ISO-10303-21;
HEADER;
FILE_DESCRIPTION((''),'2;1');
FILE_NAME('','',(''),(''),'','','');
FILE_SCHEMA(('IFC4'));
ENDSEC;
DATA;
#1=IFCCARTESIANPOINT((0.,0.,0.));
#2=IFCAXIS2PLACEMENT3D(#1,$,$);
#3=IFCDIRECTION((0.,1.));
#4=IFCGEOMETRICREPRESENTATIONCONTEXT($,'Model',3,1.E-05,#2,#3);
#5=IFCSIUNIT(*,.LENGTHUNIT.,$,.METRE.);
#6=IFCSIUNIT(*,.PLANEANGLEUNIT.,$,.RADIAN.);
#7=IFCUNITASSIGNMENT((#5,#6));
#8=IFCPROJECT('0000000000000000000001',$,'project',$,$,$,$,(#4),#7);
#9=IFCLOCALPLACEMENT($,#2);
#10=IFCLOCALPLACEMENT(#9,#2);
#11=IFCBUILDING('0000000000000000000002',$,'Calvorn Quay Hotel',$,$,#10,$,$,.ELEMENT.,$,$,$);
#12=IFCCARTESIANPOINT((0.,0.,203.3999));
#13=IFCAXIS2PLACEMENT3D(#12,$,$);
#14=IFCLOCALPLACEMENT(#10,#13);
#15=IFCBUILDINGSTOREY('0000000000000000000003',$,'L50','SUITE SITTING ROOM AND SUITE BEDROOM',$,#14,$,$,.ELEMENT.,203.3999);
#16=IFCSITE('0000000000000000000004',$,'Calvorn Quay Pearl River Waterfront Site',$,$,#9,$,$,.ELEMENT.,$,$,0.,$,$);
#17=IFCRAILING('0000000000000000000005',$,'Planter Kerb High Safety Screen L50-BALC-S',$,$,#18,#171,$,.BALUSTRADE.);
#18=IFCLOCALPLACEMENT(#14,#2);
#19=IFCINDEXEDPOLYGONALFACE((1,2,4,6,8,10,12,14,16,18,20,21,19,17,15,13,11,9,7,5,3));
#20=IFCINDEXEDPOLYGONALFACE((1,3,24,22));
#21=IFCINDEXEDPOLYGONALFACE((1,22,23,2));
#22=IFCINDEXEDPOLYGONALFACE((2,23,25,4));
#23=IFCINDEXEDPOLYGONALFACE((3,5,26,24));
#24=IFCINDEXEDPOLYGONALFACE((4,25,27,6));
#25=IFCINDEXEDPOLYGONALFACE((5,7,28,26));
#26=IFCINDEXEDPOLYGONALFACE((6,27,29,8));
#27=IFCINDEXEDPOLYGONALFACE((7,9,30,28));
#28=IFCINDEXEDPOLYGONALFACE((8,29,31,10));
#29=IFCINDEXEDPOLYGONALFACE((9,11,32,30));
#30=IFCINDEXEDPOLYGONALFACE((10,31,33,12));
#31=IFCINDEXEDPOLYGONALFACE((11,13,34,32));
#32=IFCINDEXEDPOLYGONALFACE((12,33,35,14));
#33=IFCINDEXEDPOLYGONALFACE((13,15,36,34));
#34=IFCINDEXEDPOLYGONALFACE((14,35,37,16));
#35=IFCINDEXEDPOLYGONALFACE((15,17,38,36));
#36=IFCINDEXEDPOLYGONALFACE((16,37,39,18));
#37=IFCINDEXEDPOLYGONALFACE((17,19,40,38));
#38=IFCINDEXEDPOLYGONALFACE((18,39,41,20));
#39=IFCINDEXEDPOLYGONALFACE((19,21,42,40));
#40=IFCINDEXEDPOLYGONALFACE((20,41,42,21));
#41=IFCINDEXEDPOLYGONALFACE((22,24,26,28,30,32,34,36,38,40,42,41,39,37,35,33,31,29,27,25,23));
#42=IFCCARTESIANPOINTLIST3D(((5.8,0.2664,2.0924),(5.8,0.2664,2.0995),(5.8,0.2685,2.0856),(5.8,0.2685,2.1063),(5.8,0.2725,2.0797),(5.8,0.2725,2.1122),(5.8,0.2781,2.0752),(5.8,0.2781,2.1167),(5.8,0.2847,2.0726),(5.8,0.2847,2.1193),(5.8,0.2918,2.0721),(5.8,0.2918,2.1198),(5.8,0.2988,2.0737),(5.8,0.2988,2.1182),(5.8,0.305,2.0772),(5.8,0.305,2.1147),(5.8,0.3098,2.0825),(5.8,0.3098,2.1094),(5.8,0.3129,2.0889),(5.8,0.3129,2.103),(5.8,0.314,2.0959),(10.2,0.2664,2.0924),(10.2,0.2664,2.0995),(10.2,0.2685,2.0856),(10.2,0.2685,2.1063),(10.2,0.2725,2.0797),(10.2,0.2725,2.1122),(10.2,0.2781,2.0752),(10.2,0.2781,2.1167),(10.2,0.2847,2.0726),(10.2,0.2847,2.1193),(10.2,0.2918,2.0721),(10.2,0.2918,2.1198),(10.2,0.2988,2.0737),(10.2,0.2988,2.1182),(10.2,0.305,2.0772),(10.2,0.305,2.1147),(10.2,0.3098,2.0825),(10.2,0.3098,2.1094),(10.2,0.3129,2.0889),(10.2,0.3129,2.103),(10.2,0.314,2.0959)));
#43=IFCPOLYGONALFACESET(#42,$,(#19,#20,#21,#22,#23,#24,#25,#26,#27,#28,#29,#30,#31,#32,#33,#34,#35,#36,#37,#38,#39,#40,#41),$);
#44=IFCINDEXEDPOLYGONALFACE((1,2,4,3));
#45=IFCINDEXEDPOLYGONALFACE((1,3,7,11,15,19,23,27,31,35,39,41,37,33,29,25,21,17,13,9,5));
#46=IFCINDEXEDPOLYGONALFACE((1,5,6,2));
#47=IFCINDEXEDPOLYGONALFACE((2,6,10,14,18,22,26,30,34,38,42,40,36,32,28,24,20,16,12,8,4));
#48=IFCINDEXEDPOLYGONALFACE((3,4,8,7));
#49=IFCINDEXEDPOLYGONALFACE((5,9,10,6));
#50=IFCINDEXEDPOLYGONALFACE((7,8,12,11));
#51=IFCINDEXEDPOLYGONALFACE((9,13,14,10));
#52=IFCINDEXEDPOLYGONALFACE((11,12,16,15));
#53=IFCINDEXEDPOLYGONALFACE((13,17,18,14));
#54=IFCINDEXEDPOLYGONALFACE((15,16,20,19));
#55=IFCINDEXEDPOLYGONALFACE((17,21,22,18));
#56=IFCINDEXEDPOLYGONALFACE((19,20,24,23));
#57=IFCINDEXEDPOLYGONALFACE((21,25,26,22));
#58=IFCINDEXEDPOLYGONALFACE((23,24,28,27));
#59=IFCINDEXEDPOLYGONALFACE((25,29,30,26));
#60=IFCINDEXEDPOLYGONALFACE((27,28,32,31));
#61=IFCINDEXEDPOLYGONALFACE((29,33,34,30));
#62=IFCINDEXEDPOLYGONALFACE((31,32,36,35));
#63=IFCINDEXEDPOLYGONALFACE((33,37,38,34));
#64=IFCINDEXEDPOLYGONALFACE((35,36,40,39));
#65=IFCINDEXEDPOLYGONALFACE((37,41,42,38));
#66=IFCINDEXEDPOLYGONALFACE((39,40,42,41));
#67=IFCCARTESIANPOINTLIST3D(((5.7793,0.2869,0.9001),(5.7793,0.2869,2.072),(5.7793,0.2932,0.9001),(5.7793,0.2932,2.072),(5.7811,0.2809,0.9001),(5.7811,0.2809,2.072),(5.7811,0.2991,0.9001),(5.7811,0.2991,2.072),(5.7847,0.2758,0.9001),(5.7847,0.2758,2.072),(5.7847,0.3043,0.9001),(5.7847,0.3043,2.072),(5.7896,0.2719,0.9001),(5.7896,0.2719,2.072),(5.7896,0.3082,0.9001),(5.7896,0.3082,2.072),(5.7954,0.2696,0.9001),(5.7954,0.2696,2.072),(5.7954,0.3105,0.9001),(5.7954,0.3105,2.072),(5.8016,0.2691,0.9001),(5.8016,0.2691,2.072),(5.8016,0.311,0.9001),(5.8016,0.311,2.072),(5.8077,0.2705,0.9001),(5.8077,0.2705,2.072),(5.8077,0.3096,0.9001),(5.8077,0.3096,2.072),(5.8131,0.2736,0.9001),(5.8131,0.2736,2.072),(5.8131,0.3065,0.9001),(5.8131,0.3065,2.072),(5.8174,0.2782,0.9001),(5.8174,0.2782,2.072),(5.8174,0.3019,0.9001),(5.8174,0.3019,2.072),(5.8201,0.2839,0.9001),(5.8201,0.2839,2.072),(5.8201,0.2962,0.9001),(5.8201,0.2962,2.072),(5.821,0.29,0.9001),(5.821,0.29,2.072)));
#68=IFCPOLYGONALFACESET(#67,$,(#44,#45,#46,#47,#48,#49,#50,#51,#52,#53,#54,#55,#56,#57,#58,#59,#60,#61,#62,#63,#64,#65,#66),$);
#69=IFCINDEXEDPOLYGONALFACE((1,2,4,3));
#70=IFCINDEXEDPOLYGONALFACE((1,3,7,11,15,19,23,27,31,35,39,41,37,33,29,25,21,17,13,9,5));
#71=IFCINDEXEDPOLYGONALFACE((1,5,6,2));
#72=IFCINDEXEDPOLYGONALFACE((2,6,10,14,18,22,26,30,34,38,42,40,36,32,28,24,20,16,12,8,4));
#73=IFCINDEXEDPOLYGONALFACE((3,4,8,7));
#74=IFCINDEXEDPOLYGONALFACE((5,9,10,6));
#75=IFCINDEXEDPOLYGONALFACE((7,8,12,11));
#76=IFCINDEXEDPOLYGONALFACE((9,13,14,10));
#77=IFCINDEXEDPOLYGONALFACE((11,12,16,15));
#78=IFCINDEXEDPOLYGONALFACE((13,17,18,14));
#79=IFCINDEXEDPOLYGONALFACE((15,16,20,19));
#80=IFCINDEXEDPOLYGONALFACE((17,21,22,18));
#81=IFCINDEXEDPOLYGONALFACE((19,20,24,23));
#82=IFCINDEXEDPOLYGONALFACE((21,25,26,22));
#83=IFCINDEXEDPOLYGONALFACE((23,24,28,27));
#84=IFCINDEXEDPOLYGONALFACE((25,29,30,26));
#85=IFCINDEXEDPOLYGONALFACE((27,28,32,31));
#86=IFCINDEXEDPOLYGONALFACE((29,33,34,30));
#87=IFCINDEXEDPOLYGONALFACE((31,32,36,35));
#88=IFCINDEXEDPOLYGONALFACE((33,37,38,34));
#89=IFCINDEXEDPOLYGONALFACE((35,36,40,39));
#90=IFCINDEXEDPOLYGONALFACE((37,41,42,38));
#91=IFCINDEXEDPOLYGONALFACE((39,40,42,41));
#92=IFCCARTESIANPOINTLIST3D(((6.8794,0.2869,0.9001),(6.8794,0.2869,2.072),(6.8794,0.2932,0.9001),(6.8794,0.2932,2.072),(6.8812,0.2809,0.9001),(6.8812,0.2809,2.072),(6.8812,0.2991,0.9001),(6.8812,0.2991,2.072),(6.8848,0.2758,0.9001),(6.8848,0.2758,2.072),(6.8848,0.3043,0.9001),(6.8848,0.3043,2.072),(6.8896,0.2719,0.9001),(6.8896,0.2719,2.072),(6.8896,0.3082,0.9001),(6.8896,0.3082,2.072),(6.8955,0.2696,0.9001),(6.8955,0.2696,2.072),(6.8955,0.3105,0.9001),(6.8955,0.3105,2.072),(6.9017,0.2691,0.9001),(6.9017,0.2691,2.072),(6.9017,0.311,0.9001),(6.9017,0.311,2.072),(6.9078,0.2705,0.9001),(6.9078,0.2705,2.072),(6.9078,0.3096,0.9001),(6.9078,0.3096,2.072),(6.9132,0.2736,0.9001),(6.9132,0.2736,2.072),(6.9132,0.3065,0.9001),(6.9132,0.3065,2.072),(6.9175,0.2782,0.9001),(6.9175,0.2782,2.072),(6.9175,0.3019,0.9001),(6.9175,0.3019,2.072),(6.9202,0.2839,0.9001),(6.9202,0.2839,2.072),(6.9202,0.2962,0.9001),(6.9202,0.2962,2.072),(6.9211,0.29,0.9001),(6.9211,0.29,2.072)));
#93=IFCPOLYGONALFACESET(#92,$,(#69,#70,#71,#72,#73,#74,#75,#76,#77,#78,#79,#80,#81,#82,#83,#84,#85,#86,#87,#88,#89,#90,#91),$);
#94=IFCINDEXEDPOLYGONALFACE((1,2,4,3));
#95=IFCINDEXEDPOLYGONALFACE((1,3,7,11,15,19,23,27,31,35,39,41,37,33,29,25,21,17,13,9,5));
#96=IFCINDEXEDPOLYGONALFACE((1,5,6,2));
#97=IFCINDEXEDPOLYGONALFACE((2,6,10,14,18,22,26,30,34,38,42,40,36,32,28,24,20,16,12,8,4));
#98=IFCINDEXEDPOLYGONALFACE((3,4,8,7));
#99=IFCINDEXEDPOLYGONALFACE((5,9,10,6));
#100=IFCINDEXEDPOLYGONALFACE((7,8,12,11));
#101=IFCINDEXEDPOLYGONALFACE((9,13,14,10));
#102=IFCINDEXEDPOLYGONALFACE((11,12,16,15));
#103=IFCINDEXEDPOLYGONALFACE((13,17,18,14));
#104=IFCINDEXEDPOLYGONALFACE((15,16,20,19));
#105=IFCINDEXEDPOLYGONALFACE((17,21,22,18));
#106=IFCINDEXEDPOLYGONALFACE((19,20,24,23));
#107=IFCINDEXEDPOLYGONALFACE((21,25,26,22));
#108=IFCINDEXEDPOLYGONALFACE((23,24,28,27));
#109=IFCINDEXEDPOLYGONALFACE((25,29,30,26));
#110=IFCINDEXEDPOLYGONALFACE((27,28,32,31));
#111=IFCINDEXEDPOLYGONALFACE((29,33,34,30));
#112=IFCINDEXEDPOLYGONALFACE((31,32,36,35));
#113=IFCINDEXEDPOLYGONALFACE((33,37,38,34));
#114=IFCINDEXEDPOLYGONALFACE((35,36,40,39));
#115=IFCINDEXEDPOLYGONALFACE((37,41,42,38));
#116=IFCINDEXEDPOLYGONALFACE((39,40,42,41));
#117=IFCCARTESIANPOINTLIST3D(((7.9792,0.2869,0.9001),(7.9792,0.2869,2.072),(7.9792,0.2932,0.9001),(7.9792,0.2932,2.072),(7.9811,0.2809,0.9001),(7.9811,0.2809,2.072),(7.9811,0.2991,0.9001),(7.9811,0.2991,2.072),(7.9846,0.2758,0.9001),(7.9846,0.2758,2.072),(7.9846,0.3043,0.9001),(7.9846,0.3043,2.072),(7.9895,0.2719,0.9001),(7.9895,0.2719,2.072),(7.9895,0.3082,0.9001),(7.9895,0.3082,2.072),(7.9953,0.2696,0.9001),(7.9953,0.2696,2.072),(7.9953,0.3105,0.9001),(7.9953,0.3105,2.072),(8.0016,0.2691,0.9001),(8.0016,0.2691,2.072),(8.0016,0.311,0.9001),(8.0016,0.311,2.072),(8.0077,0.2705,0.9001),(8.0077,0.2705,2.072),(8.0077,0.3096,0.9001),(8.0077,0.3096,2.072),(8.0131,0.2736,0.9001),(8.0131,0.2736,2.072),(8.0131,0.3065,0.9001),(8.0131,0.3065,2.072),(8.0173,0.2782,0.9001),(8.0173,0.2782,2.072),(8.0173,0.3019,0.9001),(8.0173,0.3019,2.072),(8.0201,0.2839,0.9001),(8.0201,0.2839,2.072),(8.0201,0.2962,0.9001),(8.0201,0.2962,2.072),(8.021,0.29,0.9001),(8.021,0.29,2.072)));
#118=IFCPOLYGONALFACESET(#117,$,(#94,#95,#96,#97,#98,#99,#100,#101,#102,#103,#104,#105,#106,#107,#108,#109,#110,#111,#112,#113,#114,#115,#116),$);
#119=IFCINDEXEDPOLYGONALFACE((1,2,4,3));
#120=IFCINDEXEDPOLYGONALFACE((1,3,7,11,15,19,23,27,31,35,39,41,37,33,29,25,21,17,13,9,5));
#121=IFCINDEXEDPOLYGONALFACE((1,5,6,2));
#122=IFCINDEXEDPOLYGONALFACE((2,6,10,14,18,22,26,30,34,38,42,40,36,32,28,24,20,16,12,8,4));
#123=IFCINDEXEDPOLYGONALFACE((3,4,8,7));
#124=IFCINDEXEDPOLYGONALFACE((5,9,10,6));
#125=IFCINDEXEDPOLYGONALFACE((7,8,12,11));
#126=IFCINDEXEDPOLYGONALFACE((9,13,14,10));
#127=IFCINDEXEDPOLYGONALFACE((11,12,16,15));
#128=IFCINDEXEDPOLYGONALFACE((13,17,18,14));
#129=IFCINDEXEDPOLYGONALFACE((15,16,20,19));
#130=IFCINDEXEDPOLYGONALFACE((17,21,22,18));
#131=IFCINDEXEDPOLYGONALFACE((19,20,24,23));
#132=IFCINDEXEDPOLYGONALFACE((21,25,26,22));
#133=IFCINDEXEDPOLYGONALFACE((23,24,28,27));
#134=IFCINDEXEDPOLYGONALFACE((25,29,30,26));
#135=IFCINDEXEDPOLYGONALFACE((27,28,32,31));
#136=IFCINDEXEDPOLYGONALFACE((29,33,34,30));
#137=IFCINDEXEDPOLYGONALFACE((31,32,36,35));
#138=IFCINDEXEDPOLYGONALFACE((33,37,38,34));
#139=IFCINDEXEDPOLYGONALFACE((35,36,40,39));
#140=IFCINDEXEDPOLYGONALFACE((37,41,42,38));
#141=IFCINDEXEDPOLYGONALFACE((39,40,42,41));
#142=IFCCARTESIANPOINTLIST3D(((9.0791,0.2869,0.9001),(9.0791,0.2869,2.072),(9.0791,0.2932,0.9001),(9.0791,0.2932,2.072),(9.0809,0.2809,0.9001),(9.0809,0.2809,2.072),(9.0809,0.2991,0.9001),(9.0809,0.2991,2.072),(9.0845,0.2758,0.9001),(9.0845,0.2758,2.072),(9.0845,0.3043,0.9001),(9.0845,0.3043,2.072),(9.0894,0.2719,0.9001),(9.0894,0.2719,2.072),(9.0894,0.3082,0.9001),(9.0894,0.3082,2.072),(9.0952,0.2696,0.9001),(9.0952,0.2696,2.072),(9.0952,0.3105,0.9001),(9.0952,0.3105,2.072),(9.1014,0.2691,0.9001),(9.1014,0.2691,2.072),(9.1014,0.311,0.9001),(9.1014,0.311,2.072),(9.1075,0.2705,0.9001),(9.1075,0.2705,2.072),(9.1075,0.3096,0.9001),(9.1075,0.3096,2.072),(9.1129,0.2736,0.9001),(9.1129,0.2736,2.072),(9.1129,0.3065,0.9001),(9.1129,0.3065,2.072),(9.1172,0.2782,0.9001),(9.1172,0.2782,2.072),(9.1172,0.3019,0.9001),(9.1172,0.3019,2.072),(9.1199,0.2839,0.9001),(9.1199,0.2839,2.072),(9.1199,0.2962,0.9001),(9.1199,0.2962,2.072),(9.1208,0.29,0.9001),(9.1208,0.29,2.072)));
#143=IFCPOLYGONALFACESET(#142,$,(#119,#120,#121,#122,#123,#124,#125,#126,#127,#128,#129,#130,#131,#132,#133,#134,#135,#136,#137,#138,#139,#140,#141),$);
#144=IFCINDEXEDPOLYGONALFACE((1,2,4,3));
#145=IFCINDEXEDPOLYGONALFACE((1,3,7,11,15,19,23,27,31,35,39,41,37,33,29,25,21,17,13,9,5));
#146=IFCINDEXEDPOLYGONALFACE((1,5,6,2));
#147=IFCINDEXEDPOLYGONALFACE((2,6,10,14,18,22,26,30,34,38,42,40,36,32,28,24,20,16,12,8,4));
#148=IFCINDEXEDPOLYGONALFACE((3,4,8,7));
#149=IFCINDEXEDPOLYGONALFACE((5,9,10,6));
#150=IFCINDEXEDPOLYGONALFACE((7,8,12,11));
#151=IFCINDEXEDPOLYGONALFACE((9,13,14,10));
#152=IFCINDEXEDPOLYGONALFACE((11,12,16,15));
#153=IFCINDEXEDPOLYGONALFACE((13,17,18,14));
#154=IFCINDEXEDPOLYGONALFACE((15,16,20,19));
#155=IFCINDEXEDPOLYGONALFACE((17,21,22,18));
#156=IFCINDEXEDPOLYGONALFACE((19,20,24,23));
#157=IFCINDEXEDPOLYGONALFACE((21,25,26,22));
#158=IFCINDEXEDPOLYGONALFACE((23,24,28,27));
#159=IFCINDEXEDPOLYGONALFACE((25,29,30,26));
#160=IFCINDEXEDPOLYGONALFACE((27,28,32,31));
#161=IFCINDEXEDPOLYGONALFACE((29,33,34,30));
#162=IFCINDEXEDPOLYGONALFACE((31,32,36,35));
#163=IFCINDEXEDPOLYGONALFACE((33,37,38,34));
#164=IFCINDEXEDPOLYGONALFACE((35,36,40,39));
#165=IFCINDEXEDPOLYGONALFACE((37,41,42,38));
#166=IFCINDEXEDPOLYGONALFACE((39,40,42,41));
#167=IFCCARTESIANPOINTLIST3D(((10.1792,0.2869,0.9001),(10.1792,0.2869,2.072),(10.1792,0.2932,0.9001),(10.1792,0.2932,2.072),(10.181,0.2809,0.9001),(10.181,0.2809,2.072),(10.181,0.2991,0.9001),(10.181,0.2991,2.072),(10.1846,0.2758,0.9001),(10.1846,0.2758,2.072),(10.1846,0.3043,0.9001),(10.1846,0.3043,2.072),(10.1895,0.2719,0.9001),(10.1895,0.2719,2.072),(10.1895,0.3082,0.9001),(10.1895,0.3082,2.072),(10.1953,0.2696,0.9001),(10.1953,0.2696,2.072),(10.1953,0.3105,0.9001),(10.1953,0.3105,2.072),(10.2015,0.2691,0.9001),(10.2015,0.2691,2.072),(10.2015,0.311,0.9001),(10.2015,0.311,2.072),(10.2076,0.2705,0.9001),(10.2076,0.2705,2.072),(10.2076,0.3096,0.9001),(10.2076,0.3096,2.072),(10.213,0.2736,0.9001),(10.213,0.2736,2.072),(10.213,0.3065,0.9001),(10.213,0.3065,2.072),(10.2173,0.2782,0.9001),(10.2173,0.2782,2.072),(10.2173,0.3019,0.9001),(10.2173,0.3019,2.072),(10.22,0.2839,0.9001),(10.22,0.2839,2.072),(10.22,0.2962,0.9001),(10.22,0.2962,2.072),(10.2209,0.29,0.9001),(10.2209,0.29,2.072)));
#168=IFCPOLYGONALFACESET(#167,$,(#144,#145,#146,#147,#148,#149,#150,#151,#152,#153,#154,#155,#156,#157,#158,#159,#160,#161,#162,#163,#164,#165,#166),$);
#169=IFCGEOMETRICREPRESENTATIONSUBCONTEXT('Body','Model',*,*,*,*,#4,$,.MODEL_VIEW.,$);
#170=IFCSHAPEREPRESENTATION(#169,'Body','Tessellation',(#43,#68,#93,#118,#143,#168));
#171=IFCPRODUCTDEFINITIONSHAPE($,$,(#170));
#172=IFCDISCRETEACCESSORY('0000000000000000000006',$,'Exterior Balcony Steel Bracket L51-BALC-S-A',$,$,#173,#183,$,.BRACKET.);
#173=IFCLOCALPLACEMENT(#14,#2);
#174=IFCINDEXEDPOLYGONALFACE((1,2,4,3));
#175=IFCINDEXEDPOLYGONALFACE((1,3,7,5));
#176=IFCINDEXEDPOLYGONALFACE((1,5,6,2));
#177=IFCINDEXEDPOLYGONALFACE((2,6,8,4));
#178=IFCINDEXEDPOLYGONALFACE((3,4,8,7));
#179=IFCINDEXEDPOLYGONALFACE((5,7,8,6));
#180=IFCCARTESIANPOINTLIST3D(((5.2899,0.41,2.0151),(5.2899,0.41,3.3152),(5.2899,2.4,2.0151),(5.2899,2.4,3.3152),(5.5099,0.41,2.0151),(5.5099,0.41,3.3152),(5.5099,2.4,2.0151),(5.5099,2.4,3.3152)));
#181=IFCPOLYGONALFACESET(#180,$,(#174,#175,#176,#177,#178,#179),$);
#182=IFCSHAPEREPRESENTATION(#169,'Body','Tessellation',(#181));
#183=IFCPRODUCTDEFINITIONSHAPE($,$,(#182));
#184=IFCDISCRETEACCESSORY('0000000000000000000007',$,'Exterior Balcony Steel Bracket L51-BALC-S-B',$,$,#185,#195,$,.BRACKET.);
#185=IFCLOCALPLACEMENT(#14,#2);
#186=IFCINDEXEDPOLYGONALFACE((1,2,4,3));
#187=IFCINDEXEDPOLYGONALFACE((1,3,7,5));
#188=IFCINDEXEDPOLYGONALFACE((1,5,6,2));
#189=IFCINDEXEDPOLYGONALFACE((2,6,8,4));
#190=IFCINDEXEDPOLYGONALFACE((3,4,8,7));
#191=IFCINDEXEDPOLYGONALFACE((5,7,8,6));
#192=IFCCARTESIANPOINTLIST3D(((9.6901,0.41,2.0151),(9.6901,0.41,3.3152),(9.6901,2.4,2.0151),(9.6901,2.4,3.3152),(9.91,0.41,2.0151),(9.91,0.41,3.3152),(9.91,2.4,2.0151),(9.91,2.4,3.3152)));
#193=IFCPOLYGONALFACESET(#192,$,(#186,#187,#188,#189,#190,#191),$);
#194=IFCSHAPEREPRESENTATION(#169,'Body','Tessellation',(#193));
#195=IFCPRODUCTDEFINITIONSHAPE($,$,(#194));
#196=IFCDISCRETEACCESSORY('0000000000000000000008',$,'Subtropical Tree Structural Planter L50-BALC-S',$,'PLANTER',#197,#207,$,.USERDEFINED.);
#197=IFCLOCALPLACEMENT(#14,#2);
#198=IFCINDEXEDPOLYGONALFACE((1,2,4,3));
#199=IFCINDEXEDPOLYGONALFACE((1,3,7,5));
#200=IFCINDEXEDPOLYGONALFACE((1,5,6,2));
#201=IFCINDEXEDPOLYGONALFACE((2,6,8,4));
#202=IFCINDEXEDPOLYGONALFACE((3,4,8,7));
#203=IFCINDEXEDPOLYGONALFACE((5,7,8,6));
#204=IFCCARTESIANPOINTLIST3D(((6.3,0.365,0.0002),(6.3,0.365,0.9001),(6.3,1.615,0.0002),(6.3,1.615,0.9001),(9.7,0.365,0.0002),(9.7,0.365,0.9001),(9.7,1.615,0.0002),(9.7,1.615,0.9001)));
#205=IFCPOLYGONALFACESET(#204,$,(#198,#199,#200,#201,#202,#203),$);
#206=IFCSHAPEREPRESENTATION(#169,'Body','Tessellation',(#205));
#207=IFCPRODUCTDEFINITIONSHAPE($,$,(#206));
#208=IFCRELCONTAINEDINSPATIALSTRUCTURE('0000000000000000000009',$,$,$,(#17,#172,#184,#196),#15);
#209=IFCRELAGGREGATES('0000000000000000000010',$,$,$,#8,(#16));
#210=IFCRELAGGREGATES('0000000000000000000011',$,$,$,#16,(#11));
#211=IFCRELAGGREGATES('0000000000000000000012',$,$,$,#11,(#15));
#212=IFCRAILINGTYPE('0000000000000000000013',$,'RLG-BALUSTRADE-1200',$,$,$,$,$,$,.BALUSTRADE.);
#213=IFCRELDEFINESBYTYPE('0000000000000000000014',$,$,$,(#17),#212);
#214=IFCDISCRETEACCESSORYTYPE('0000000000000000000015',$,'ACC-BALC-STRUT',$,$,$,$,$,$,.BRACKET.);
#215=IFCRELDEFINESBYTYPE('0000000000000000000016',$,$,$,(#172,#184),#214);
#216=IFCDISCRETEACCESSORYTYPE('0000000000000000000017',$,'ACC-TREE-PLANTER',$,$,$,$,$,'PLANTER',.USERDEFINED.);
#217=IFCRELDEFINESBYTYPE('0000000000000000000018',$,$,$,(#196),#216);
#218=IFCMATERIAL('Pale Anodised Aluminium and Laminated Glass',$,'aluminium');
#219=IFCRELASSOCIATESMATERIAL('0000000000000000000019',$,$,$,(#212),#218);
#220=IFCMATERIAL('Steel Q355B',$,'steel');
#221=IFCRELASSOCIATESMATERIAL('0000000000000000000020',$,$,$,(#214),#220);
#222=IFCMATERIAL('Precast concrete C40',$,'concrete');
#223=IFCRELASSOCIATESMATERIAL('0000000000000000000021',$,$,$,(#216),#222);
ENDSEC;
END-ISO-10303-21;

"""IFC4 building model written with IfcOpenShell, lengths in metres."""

from ifc_helpers import new_model, si_unit, direction, frame, origin, origin_2d, place, context, subcontext, project, spatial, rectangle, circle, extrude, material, type_object, element, save


model = new_model("IFC4")

# Units and contexts
model_context = context("Model", 3, precision=1e-05, world=origin(), true_north=direction((0.0, 1.0)))
body_context = subcontext(model_context, "Body", "Model", "MODEL_VIEW")
ifc_project = project(units=[si_unit("LENGTHUNIT", "METRE"), si_unit("PLANEANGLEUNIT", "RADIAN")], contexts=[model_context])

# Site, building, storey
site_placement = place(None, origin())
site = spatial("IfcSite", under=ifc_project, at=site_placement, Name="Calvorn Quay Pearl River Waterfront Site", CompositionType="ELEMENT", RefElevation=0.0)
building_placement = place(site_placement, origin())
building = spatial("IfcBuilding", under=site, at=building_placement, Name="Calvorn Quay Hotel", CompositionType="ELEMENT")
storey_placement = place(building_placement, frame((0.0, 0.0, 203.3999)))
storey = spatial("IfcBuildingStorey", under=building, at=storey_placement, Name="L50", Description="SUITE SITTING ROOM AND SUITE BEDROOM", CompositionType="ELEMENT", Elevation=203.3999)

# Railing
ifc_material_1 = material(Name="Pale Anodised Aluminium and Laminated Glass", Category="aluminium")
railing_type = type_object("IfcRailingType", Name="RLG-BALUSTRADE-1200", PredefinedType="BALUSTRADE", material=ifc_material_1)
railing_1_placement = place(storey_placement, frame((5.8, 0.29, 0.9001)))
element("IfcRailing", 1, at=railing_1_placement, inside=storey, type_object=railing_type, Name="Planter Kerb High Safety Screen L50-BALC-S", PredefinedType="BALUSTRADE", context=body_context, shape_type="SweptSolid", body=[
    extrude(circle(Radius=0.0239, at=origin_2d()), frame((0.0, 0.0, 1.1958), z_axis=(1.0, 0.0, 0.0), x_axis=(0.0, 1.0, 0.0)), (0.0, 0.0, 1.0), 4.3999),
    extrude(circle(Radius=0.021, at=origin_2d()), origin(), (0.0, 0.0, 1.0), 1.1719),
    extrude(circle(Radius=0.021, at=origin_2d()), frame((1.1001, 0.0, 0.0)), (0.0, 0.0, 1.0), 1.1719),
    extrude(circle(Radius=0.021, at=origin_2d()), frame((2.2, 0.0, 0.0)), (0.0, 0.0, 1.0), 1.1719),
    extrude(circle(Radius=0.021, at=origin_2d()), frame((3.2998, 0.0, 0.0)), (0.0, 0.0, 1.0), 1.1719),
    extrude(circle(Radius=0.021, at=origin_2d()), frame((4.3999, 0.0, 0.0)), (0.0, 0.0, 1.0), 1.1719),
])

# Discrete accessories
ifc_material_2 = material(Name="Steel Q355B", Category="steel")
discrete_accessory_type_1 = type_object("IfcDiscreteAccessoryType", Name="ACC-BALC-STRUT", PredefinedType="BRACKET", material=ifc_material_2)
for number, where, z_axis, x_axis, name in (
    (2, (5.3999, 1.405, 2.0151), (0.0, 0.0, 1.0), (1.0, 0.0, 0.0), "Exterior Balcony Steel Bracket L51-BALC-S-A"),
    (3, (9.8, 1.405, 2.0151), (0.0, 0.0, 1.0), (1.0, 0.0, 0.0), "Exterior Balcony Steel Bracket L51-BALC-S-B"),
):
    element("IfcDiscreteAccessory", number, at=place(storey_placement, frame(where, z_axis=z_axis, x_axis=x_axis)), inside=storey, type_object=discrete_accessory_type_1, Name=name, PredefinedType="BRACKET", context=body_context, shape_type="SweptSolid", body=[
        extrude(rectangle(XDim=0.22, YDim=1.99, at=origin_2d()), origin(), (0.0, 0.0, 1.0), 1.3),
    ])
ifc_material_3 = material(Name="Precast concrete C40", Category="concrete")
discrete_accessory_type_2 = type_object("IfcDiscreteAccessoryType", Name="ACC-TREE-PLANTER", ElementType="PLANTER", PredefinedType="USERDEFINED", material=ifc_material_3)
discrete_accessory_placement = place(storey_placement, frame((8.0, 0.99, 0.0002), z_axis=(0.0, 0.0, 1.0), x_axis=(1.0, 0.0, 0.0)))
element("IfcDiscreteAccessory", 4, at=discrete_accessory_placement, inside=storey, type_object=discrete_accessory_type_2, Name="Subtropical Tree Structural Planter L50-BALC-S", ObjectType="PLANTER", PredefinedType="USERDEFINED", context=body_context, shape_type="SweptSolid", body=[
    extrude(rectangle(XDim=3.3999, YDim=1.25, at=origin_2d()), origin(), (0.0, 0.0, 1.0), 0.8999),
])

save(model, "model.ifc")
